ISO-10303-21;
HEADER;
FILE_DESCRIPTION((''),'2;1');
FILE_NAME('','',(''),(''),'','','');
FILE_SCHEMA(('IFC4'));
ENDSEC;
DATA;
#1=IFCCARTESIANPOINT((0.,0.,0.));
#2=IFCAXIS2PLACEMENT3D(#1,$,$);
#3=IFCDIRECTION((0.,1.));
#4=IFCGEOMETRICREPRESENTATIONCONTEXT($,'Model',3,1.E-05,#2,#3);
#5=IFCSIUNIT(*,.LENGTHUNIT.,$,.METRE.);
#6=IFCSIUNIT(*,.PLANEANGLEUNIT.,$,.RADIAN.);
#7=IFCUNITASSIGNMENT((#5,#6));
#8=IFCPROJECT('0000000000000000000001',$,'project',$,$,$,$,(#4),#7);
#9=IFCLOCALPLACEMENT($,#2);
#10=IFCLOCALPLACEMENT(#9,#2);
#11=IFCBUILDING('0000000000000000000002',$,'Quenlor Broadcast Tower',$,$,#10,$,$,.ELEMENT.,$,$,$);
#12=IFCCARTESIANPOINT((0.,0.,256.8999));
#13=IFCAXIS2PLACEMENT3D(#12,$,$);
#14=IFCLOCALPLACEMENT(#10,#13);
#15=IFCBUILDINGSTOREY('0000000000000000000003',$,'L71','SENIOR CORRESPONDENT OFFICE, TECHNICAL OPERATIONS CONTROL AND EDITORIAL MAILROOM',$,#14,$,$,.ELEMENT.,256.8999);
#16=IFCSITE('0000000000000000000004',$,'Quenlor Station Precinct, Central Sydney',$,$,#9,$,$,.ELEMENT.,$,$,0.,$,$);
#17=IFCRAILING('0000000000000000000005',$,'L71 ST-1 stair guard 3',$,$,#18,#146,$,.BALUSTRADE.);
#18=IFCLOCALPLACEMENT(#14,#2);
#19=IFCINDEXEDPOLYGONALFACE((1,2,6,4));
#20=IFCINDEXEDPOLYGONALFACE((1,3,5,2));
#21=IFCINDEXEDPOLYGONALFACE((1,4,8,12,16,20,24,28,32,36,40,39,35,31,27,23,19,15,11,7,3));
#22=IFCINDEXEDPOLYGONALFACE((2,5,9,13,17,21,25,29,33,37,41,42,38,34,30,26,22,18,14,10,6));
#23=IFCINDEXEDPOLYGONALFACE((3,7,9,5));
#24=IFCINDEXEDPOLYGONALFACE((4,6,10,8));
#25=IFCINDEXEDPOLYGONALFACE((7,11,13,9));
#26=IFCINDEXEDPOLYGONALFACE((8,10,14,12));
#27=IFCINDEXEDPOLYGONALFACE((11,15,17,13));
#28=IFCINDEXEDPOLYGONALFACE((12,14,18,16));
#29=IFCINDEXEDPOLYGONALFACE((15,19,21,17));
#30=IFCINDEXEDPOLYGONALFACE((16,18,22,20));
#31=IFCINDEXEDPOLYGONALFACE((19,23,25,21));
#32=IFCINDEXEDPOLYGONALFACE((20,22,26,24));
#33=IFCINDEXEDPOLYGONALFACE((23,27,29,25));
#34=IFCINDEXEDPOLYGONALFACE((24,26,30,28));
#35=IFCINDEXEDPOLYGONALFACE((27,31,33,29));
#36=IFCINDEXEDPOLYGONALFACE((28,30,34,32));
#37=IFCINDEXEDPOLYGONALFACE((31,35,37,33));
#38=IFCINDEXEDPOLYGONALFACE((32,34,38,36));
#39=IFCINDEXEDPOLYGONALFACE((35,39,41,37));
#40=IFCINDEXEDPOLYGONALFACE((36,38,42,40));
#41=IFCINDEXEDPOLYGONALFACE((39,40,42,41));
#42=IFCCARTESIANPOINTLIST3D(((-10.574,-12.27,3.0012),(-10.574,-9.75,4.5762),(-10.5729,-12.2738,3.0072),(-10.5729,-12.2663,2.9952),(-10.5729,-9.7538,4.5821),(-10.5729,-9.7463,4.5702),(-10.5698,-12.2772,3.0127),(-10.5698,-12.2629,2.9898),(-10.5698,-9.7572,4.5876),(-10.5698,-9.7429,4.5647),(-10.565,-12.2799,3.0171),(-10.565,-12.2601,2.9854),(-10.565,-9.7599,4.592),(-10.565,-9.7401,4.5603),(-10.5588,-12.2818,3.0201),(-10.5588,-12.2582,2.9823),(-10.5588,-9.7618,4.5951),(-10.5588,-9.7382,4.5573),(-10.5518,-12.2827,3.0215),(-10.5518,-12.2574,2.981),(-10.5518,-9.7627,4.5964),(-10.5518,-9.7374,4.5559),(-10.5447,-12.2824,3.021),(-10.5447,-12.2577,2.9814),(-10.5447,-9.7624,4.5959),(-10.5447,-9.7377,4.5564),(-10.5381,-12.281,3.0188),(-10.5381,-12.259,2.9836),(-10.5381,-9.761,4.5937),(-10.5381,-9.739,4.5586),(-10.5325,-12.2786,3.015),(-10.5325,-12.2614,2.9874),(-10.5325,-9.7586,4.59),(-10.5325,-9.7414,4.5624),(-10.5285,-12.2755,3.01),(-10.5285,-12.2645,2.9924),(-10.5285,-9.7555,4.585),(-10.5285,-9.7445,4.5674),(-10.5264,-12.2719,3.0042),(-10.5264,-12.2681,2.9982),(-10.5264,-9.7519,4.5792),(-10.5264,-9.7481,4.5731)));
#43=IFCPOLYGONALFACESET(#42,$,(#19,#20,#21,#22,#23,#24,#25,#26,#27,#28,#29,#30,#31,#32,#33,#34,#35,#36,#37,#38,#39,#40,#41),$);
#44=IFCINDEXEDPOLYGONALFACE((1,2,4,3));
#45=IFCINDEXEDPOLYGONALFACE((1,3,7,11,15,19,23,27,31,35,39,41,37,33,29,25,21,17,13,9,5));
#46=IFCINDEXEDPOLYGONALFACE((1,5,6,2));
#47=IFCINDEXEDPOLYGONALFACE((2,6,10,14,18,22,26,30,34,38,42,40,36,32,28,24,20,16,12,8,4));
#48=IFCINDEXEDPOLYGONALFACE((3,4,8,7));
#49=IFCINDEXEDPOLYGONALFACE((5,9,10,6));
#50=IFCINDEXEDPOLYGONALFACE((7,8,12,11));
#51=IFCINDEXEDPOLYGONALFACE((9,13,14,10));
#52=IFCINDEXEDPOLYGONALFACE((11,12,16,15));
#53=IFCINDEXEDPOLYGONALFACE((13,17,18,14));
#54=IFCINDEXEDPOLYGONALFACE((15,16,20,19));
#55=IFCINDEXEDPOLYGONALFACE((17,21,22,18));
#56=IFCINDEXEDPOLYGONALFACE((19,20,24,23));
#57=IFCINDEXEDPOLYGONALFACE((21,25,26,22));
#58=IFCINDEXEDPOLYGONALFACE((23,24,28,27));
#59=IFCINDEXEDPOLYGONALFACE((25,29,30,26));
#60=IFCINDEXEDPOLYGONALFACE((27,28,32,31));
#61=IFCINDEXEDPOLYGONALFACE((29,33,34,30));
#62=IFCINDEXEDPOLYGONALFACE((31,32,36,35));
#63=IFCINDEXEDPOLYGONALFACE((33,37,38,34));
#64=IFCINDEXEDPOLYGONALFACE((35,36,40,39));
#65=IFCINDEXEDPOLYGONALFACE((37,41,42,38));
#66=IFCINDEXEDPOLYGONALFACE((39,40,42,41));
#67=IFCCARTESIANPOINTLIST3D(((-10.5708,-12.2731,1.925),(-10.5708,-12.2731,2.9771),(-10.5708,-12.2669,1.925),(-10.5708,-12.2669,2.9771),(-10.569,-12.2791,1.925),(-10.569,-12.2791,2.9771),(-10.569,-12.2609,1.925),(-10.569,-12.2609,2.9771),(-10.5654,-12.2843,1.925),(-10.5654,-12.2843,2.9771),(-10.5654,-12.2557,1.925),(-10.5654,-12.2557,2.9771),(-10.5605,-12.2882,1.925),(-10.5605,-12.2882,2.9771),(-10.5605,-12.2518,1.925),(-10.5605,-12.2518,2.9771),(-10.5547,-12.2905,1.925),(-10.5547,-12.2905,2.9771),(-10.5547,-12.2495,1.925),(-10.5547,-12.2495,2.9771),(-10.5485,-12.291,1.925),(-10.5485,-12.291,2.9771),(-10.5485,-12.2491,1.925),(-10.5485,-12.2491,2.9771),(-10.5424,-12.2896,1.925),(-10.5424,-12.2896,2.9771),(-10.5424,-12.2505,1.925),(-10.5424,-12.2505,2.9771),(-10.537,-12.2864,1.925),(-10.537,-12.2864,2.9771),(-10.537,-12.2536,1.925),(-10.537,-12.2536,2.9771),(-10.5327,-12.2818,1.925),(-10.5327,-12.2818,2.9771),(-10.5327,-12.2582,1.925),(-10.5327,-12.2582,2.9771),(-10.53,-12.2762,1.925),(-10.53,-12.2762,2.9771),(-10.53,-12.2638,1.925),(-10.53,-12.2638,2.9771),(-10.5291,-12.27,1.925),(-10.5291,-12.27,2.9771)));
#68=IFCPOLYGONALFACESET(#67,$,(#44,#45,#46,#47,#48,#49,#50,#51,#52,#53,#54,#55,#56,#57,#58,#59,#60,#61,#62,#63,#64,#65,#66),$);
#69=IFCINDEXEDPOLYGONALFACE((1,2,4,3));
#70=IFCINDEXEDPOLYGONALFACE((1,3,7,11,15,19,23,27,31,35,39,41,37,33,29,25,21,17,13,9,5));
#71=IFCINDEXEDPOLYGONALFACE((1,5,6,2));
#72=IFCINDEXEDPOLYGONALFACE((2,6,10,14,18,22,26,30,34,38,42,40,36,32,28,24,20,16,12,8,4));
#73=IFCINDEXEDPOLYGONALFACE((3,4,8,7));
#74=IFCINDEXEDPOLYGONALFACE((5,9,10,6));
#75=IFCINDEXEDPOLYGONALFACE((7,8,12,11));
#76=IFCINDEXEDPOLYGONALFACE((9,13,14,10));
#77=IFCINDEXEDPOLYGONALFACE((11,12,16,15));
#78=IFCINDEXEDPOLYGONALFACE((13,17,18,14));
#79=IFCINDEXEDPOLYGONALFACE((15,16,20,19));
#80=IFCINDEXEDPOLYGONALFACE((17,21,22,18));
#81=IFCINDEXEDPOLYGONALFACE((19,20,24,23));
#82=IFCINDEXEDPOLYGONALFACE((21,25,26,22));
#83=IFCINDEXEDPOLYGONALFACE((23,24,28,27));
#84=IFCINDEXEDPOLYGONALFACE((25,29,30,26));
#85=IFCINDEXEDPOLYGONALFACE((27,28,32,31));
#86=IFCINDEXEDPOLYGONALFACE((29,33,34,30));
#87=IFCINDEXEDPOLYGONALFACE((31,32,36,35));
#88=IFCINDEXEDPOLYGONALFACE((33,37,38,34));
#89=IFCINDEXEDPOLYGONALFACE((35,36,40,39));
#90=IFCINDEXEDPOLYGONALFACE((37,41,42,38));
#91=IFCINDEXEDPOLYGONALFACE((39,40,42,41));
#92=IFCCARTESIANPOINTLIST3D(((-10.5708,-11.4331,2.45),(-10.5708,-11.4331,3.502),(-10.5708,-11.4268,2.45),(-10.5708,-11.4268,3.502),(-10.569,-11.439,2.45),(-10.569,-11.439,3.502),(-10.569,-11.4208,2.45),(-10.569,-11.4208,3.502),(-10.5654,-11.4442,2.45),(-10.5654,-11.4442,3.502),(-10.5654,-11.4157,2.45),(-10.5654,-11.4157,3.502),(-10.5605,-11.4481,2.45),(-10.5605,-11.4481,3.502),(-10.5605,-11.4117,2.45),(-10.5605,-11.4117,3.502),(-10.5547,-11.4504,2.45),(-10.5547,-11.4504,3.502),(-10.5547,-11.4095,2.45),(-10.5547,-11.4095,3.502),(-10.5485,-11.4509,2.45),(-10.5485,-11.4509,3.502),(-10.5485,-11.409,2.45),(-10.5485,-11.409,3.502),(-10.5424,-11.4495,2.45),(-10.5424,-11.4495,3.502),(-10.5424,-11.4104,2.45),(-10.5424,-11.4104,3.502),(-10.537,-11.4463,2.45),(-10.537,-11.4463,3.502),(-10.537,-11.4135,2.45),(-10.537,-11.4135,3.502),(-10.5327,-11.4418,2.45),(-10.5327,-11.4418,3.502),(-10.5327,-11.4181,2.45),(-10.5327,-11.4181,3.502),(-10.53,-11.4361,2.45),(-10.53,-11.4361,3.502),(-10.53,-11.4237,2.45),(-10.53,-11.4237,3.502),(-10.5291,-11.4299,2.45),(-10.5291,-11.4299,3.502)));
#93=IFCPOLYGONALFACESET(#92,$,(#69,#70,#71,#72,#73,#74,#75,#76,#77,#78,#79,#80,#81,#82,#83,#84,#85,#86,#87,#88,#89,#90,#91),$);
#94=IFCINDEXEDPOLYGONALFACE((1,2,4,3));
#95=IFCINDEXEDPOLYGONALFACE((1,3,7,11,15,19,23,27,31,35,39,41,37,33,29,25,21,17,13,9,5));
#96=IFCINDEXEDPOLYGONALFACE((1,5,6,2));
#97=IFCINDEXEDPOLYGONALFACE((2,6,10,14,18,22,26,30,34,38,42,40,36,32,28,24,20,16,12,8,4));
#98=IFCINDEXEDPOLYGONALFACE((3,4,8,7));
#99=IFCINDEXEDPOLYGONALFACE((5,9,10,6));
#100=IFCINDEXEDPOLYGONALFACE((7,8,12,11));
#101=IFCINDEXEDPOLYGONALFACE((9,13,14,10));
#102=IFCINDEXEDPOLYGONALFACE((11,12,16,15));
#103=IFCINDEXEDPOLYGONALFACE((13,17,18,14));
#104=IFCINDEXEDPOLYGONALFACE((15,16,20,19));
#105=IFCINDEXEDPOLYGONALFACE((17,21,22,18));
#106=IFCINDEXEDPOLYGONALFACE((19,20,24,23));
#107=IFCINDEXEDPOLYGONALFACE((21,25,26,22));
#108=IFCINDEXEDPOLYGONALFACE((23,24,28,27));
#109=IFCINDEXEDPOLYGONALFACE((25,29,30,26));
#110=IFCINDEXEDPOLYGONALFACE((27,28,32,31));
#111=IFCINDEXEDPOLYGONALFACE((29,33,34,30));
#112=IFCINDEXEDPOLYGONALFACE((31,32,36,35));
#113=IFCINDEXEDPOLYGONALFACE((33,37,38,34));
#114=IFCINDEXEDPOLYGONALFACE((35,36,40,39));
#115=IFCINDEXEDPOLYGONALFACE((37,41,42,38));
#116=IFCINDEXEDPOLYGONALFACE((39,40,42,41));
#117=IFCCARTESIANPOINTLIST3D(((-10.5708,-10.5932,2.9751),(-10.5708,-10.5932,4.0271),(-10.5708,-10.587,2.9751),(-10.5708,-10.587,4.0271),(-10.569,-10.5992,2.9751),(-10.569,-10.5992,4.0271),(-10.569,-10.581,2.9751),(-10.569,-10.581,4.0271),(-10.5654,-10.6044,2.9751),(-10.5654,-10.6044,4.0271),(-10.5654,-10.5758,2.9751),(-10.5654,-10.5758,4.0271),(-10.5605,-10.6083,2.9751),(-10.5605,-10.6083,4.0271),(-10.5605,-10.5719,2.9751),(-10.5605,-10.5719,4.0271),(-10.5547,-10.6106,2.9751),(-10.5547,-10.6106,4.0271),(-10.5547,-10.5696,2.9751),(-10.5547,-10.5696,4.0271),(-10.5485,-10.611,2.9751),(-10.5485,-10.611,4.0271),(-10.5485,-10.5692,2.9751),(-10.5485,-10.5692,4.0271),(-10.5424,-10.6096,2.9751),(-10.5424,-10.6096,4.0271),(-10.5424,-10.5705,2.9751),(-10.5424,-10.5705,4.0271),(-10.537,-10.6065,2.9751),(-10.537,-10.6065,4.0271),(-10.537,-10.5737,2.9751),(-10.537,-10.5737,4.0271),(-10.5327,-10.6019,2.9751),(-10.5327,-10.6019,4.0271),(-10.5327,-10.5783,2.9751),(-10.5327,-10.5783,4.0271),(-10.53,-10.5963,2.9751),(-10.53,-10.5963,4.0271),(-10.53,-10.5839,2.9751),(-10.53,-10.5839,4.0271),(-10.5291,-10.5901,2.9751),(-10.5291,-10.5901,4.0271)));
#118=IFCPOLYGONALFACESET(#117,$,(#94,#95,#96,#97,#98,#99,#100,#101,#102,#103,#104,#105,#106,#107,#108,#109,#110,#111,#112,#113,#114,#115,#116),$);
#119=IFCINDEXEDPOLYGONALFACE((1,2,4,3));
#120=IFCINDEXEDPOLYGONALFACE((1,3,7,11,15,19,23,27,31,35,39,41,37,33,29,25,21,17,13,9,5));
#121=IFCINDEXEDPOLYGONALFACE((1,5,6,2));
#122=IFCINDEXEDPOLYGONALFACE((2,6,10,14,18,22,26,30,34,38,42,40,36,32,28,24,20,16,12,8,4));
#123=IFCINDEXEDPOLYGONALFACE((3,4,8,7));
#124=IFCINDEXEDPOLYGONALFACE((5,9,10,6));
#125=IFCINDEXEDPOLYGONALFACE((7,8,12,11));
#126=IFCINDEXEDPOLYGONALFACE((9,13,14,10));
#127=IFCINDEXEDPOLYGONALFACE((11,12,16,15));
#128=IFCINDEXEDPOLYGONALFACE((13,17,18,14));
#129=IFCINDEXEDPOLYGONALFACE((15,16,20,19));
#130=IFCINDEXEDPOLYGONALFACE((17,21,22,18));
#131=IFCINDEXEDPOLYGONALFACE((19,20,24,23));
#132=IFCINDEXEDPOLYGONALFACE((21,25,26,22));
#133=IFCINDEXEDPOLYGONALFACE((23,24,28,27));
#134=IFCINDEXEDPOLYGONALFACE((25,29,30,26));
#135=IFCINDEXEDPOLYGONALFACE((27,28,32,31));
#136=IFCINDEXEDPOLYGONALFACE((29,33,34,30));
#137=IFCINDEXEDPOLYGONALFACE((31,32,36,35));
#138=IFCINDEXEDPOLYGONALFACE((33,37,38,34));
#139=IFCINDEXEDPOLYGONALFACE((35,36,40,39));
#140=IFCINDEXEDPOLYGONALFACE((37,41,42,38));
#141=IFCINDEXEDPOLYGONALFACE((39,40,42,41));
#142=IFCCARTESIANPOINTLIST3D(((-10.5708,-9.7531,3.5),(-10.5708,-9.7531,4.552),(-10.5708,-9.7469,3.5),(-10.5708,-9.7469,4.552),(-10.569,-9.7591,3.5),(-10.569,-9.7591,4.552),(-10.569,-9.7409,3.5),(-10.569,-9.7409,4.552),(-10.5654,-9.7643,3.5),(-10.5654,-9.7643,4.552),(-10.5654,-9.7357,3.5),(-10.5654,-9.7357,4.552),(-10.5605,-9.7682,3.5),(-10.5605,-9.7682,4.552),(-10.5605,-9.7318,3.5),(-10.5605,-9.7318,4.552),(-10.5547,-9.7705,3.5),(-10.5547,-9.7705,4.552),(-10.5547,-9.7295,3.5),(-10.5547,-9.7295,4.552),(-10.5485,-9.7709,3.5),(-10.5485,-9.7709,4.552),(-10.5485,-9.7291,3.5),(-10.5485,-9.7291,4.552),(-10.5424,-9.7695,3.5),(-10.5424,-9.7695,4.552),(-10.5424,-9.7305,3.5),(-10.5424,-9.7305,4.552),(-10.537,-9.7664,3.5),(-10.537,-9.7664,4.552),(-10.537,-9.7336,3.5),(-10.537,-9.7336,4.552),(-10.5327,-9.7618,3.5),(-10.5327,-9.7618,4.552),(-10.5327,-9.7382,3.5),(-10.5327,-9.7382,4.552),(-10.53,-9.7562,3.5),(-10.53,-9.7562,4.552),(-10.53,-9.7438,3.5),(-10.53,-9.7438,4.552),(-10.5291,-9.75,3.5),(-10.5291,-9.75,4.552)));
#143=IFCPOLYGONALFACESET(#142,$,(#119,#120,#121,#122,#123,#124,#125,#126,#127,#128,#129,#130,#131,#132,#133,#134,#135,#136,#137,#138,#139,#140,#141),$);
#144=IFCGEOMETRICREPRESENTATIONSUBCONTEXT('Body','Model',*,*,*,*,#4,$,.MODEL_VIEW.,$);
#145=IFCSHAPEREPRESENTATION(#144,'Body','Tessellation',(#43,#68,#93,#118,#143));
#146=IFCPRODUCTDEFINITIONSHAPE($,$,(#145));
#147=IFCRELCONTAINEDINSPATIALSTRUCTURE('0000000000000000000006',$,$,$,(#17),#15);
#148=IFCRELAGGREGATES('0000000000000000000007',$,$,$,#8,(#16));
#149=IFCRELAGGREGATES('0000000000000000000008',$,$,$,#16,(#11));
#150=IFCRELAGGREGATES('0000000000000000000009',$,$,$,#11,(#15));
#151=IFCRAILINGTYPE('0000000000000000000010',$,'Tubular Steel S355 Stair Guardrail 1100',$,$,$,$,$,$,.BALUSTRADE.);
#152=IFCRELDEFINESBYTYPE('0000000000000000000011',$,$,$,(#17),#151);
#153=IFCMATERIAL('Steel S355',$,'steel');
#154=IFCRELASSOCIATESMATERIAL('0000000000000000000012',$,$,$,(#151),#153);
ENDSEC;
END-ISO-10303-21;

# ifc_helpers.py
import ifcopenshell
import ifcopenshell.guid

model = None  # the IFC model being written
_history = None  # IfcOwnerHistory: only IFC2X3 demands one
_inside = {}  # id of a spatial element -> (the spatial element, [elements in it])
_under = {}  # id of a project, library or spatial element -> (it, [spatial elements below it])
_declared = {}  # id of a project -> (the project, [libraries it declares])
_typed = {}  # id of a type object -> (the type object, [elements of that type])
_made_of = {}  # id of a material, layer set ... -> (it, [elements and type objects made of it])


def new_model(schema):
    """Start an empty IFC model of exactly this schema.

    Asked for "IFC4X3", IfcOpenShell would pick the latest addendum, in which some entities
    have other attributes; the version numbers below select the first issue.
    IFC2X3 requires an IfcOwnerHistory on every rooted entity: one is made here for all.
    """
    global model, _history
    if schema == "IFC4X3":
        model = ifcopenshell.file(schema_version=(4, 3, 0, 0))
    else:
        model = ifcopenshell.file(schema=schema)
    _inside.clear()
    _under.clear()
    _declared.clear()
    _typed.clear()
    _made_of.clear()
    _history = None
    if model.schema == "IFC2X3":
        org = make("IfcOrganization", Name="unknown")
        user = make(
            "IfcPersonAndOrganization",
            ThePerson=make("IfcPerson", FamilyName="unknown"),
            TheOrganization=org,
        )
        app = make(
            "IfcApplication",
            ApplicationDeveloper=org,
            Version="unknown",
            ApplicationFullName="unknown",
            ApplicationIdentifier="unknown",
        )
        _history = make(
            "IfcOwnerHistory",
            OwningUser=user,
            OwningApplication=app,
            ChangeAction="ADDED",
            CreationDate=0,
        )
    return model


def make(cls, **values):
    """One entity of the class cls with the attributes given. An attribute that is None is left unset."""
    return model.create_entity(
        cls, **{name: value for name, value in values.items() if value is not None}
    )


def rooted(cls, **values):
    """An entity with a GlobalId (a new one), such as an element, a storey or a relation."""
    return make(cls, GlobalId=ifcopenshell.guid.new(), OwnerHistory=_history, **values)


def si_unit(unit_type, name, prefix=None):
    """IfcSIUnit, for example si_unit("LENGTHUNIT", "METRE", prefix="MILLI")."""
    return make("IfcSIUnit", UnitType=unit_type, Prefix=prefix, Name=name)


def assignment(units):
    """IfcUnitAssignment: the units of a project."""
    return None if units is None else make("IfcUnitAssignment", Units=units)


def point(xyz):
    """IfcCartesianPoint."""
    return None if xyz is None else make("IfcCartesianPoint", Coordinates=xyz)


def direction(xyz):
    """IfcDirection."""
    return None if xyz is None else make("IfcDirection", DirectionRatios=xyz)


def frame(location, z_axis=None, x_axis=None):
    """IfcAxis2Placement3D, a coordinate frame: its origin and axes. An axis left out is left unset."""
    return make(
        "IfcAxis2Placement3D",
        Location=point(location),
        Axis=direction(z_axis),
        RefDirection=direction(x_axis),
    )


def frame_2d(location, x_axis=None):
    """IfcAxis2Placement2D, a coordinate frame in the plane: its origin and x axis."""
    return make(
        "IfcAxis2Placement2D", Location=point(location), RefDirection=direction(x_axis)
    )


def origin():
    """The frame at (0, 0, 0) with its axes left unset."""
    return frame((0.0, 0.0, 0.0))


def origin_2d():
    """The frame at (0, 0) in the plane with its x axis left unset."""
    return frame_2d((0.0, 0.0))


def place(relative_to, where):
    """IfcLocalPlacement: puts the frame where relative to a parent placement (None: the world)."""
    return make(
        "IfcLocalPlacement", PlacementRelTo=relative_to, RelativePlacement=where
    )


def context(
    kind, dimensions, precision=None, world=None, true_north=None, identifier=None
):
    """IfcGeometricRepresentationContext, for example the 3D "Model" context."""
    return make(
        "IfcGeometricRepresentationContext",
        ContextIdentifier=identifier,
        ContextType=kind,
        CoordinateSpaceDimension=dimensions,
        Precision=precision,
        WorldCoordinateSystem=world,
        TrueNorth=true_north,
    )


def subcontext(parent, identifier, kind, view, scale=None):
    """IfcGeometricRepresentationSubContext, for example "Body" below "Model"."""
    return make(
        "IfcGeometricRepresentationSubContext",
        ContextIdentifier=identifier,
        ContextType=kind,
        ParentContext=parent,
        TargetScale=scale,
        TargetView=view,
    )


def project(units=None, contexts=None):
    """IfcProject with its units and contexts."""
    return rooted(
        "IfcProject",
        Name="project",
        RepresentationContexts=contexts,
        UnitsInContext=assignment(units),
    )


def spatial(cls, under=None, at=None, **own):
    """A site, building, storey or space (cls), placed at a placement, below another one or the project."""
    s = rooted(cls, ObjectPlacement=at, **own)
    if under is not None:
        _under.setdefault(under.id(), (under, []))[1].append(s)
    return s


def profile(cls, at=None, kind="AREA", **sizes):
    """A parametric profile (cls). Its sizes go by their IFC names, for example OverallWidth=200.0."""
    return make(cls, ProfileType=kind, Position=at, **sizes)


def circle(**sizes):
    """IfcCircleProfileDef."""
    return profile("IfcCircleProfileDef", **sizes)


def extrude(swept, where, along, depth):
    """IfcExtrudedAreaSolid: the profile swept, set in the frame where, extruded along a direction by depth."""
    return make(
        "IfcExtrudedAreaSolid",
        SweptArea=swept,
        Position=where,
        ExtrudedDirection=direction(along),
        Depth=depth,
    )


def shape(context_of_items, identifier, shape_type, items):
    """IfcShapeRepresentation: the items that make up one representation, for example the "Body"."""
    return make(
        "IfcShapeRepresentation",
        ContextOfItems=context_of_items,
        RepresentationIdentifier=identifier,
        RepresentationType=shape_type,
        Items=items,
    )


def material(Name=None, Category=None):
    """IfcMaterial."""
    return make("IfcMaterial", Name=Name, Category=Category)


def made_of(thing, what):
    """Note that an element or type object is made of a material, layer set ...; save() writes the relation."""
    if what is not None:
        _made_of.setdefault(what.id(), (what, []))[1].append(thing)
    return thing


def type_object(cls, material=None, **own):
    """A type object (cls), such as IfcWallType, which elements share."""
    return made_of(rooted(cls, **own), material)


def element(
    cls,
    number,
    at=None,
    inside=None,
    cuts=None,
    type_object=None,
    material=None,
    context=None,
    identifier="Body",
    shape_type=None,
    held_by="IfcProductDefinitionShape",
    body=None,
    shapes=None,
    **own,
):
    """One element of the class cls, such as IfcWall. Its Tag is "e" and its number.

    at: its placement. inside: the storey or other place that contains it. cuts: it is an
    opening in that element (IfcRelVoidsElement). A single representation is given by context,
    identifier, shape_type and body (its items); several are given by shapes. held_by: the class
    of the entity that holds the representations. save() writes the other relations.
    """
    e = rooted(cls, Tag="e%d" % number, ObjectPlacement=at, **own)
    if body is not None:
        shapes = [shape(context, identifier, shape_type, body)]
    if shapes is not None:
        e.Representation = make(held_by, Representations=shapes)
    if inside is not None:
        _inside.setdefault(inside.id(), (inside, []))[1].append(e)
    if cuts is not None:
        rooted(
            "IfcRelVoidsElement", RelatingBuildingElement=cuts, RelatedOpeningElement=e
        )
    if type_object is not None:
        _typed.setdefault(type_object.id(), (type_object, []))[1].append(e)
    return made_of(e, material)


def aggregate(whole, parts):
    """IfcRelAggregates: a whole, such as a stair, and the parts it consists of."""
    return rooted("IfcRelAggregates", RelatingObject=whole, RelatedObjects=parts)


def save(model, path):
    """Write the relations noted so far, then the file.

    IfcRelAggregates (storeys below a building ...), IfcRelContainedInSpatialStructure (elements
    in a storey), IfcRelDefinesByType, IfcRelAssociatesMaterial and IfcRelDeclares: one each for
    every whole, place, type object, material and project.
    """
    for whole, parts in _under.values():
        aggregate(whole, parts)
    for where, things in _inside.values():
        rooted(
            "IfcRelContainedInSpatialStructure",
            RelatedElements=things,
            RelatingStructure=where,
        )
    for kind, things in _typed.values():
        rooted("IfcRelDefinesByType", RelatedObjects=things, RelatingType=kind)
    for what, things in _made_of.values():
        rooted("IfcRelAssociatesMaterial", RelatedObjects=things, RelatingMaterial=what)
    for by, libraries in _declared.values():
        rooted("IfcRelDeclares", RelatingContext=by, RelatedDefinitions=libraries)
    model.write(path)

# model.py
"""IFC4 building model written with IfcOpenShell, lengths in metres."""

from ifc_helpers import new_model, si_unit, direction, frame, origin, origin_2d, place, context, subcontext, project, spatial, circle, extrude, material, type_object, element, save


model = new_model("IFC4")

# Units and contexts
model_context = context("Model", 3, precision=1e-05, world=origin(), true_north=direction((0.0, 1.0)))
body_context = subcontext(model_context, "Body", "Model", "MODEL_VIEW")
ifc_project = project(units=[si_unit("LENGTHUNIT", "METRE"), si_unit("PLANEANGLEUNIT", "RADIAN")], contexts=[model_context])

# Site, building, storey
site_placement = place(None, origin())
site = spatial("IfcSite", under=ifc_project, at=site_placement, Name="Quenlor Station Precinct, Central Sydney", CompositionType="ELEMENT", RefElevation=0.0)
building_placement = place(site_placement, origin())
building = spatial("IfcBuilding", under=site, at=building_placement, Name="Quenlor Broadcast Tower", CompositionType="ELEMENT")
storey_placement = place(building_placement, frame((0.0, 0.0, 256.8999)))
storey = spatial("IfcBuildingStorey", under=building, at=storey_placement, Name="L71", Description="SENIOR CORRESPONDENT OFFICE, TECHNICAL OPERATIONS CONTROL AND EDITORIAL MAILROOM", CompositionType="ELEMENT", Elevation=256.8999)

# Railing
ifc_material_1 = material(Name="Steel S355", Category="steel")
railing_type_1 = type_object("IfcRailingType", Name="Tubular Steel S355 Stair Guardrail 1100", PredefinedType="BALUSTRADE", material=ifc_material_1)
railing_1_placement = place(storey_placement, frame((-10.55, -12.27, 1.925)))
element("IfcRailing", 1, at=railing_1_placement, inside=storey, type_object=railing_type_1, Name="L71 ST-1 stair guard 3", PredefinedType="BALUSTRADE", context=body_context, shape_type="SweptSolid", body=[
    extrude(circle(Radius=0.0239, at=origin_2d()), frame((0.0, 0.0, 1.0762), z_axis=(0.0, 0.848008, 0.529984), x_axis=(-1.0, 0.0, 0.0)), (0.0, 0.0, 1.0), 2.9717),
    extrude(circle(Radius=0.021, at=origin_2d()), origin(), (0.0, 0.0, 1.0), 1.052),
    extrude(circle(Radius=0.021, at=origin_2d()), frame((0.0, 0.8401, 0.5249)), (0.0, 0.0, 1.0), 1.052),
    extrude(circle(Radius=0.021, at=origin_2d()), frame((0.0, 1.6799, 1.05)), (0.0, 0.0, 1.0), 1.052),
    extrude(circle(Radius=0.021, at=origin_2d()), frame((0.0, 2.52, 1.575)), (0.0, 0.0, 1.0), 1.052),
])

save(model, "model.ifc")
